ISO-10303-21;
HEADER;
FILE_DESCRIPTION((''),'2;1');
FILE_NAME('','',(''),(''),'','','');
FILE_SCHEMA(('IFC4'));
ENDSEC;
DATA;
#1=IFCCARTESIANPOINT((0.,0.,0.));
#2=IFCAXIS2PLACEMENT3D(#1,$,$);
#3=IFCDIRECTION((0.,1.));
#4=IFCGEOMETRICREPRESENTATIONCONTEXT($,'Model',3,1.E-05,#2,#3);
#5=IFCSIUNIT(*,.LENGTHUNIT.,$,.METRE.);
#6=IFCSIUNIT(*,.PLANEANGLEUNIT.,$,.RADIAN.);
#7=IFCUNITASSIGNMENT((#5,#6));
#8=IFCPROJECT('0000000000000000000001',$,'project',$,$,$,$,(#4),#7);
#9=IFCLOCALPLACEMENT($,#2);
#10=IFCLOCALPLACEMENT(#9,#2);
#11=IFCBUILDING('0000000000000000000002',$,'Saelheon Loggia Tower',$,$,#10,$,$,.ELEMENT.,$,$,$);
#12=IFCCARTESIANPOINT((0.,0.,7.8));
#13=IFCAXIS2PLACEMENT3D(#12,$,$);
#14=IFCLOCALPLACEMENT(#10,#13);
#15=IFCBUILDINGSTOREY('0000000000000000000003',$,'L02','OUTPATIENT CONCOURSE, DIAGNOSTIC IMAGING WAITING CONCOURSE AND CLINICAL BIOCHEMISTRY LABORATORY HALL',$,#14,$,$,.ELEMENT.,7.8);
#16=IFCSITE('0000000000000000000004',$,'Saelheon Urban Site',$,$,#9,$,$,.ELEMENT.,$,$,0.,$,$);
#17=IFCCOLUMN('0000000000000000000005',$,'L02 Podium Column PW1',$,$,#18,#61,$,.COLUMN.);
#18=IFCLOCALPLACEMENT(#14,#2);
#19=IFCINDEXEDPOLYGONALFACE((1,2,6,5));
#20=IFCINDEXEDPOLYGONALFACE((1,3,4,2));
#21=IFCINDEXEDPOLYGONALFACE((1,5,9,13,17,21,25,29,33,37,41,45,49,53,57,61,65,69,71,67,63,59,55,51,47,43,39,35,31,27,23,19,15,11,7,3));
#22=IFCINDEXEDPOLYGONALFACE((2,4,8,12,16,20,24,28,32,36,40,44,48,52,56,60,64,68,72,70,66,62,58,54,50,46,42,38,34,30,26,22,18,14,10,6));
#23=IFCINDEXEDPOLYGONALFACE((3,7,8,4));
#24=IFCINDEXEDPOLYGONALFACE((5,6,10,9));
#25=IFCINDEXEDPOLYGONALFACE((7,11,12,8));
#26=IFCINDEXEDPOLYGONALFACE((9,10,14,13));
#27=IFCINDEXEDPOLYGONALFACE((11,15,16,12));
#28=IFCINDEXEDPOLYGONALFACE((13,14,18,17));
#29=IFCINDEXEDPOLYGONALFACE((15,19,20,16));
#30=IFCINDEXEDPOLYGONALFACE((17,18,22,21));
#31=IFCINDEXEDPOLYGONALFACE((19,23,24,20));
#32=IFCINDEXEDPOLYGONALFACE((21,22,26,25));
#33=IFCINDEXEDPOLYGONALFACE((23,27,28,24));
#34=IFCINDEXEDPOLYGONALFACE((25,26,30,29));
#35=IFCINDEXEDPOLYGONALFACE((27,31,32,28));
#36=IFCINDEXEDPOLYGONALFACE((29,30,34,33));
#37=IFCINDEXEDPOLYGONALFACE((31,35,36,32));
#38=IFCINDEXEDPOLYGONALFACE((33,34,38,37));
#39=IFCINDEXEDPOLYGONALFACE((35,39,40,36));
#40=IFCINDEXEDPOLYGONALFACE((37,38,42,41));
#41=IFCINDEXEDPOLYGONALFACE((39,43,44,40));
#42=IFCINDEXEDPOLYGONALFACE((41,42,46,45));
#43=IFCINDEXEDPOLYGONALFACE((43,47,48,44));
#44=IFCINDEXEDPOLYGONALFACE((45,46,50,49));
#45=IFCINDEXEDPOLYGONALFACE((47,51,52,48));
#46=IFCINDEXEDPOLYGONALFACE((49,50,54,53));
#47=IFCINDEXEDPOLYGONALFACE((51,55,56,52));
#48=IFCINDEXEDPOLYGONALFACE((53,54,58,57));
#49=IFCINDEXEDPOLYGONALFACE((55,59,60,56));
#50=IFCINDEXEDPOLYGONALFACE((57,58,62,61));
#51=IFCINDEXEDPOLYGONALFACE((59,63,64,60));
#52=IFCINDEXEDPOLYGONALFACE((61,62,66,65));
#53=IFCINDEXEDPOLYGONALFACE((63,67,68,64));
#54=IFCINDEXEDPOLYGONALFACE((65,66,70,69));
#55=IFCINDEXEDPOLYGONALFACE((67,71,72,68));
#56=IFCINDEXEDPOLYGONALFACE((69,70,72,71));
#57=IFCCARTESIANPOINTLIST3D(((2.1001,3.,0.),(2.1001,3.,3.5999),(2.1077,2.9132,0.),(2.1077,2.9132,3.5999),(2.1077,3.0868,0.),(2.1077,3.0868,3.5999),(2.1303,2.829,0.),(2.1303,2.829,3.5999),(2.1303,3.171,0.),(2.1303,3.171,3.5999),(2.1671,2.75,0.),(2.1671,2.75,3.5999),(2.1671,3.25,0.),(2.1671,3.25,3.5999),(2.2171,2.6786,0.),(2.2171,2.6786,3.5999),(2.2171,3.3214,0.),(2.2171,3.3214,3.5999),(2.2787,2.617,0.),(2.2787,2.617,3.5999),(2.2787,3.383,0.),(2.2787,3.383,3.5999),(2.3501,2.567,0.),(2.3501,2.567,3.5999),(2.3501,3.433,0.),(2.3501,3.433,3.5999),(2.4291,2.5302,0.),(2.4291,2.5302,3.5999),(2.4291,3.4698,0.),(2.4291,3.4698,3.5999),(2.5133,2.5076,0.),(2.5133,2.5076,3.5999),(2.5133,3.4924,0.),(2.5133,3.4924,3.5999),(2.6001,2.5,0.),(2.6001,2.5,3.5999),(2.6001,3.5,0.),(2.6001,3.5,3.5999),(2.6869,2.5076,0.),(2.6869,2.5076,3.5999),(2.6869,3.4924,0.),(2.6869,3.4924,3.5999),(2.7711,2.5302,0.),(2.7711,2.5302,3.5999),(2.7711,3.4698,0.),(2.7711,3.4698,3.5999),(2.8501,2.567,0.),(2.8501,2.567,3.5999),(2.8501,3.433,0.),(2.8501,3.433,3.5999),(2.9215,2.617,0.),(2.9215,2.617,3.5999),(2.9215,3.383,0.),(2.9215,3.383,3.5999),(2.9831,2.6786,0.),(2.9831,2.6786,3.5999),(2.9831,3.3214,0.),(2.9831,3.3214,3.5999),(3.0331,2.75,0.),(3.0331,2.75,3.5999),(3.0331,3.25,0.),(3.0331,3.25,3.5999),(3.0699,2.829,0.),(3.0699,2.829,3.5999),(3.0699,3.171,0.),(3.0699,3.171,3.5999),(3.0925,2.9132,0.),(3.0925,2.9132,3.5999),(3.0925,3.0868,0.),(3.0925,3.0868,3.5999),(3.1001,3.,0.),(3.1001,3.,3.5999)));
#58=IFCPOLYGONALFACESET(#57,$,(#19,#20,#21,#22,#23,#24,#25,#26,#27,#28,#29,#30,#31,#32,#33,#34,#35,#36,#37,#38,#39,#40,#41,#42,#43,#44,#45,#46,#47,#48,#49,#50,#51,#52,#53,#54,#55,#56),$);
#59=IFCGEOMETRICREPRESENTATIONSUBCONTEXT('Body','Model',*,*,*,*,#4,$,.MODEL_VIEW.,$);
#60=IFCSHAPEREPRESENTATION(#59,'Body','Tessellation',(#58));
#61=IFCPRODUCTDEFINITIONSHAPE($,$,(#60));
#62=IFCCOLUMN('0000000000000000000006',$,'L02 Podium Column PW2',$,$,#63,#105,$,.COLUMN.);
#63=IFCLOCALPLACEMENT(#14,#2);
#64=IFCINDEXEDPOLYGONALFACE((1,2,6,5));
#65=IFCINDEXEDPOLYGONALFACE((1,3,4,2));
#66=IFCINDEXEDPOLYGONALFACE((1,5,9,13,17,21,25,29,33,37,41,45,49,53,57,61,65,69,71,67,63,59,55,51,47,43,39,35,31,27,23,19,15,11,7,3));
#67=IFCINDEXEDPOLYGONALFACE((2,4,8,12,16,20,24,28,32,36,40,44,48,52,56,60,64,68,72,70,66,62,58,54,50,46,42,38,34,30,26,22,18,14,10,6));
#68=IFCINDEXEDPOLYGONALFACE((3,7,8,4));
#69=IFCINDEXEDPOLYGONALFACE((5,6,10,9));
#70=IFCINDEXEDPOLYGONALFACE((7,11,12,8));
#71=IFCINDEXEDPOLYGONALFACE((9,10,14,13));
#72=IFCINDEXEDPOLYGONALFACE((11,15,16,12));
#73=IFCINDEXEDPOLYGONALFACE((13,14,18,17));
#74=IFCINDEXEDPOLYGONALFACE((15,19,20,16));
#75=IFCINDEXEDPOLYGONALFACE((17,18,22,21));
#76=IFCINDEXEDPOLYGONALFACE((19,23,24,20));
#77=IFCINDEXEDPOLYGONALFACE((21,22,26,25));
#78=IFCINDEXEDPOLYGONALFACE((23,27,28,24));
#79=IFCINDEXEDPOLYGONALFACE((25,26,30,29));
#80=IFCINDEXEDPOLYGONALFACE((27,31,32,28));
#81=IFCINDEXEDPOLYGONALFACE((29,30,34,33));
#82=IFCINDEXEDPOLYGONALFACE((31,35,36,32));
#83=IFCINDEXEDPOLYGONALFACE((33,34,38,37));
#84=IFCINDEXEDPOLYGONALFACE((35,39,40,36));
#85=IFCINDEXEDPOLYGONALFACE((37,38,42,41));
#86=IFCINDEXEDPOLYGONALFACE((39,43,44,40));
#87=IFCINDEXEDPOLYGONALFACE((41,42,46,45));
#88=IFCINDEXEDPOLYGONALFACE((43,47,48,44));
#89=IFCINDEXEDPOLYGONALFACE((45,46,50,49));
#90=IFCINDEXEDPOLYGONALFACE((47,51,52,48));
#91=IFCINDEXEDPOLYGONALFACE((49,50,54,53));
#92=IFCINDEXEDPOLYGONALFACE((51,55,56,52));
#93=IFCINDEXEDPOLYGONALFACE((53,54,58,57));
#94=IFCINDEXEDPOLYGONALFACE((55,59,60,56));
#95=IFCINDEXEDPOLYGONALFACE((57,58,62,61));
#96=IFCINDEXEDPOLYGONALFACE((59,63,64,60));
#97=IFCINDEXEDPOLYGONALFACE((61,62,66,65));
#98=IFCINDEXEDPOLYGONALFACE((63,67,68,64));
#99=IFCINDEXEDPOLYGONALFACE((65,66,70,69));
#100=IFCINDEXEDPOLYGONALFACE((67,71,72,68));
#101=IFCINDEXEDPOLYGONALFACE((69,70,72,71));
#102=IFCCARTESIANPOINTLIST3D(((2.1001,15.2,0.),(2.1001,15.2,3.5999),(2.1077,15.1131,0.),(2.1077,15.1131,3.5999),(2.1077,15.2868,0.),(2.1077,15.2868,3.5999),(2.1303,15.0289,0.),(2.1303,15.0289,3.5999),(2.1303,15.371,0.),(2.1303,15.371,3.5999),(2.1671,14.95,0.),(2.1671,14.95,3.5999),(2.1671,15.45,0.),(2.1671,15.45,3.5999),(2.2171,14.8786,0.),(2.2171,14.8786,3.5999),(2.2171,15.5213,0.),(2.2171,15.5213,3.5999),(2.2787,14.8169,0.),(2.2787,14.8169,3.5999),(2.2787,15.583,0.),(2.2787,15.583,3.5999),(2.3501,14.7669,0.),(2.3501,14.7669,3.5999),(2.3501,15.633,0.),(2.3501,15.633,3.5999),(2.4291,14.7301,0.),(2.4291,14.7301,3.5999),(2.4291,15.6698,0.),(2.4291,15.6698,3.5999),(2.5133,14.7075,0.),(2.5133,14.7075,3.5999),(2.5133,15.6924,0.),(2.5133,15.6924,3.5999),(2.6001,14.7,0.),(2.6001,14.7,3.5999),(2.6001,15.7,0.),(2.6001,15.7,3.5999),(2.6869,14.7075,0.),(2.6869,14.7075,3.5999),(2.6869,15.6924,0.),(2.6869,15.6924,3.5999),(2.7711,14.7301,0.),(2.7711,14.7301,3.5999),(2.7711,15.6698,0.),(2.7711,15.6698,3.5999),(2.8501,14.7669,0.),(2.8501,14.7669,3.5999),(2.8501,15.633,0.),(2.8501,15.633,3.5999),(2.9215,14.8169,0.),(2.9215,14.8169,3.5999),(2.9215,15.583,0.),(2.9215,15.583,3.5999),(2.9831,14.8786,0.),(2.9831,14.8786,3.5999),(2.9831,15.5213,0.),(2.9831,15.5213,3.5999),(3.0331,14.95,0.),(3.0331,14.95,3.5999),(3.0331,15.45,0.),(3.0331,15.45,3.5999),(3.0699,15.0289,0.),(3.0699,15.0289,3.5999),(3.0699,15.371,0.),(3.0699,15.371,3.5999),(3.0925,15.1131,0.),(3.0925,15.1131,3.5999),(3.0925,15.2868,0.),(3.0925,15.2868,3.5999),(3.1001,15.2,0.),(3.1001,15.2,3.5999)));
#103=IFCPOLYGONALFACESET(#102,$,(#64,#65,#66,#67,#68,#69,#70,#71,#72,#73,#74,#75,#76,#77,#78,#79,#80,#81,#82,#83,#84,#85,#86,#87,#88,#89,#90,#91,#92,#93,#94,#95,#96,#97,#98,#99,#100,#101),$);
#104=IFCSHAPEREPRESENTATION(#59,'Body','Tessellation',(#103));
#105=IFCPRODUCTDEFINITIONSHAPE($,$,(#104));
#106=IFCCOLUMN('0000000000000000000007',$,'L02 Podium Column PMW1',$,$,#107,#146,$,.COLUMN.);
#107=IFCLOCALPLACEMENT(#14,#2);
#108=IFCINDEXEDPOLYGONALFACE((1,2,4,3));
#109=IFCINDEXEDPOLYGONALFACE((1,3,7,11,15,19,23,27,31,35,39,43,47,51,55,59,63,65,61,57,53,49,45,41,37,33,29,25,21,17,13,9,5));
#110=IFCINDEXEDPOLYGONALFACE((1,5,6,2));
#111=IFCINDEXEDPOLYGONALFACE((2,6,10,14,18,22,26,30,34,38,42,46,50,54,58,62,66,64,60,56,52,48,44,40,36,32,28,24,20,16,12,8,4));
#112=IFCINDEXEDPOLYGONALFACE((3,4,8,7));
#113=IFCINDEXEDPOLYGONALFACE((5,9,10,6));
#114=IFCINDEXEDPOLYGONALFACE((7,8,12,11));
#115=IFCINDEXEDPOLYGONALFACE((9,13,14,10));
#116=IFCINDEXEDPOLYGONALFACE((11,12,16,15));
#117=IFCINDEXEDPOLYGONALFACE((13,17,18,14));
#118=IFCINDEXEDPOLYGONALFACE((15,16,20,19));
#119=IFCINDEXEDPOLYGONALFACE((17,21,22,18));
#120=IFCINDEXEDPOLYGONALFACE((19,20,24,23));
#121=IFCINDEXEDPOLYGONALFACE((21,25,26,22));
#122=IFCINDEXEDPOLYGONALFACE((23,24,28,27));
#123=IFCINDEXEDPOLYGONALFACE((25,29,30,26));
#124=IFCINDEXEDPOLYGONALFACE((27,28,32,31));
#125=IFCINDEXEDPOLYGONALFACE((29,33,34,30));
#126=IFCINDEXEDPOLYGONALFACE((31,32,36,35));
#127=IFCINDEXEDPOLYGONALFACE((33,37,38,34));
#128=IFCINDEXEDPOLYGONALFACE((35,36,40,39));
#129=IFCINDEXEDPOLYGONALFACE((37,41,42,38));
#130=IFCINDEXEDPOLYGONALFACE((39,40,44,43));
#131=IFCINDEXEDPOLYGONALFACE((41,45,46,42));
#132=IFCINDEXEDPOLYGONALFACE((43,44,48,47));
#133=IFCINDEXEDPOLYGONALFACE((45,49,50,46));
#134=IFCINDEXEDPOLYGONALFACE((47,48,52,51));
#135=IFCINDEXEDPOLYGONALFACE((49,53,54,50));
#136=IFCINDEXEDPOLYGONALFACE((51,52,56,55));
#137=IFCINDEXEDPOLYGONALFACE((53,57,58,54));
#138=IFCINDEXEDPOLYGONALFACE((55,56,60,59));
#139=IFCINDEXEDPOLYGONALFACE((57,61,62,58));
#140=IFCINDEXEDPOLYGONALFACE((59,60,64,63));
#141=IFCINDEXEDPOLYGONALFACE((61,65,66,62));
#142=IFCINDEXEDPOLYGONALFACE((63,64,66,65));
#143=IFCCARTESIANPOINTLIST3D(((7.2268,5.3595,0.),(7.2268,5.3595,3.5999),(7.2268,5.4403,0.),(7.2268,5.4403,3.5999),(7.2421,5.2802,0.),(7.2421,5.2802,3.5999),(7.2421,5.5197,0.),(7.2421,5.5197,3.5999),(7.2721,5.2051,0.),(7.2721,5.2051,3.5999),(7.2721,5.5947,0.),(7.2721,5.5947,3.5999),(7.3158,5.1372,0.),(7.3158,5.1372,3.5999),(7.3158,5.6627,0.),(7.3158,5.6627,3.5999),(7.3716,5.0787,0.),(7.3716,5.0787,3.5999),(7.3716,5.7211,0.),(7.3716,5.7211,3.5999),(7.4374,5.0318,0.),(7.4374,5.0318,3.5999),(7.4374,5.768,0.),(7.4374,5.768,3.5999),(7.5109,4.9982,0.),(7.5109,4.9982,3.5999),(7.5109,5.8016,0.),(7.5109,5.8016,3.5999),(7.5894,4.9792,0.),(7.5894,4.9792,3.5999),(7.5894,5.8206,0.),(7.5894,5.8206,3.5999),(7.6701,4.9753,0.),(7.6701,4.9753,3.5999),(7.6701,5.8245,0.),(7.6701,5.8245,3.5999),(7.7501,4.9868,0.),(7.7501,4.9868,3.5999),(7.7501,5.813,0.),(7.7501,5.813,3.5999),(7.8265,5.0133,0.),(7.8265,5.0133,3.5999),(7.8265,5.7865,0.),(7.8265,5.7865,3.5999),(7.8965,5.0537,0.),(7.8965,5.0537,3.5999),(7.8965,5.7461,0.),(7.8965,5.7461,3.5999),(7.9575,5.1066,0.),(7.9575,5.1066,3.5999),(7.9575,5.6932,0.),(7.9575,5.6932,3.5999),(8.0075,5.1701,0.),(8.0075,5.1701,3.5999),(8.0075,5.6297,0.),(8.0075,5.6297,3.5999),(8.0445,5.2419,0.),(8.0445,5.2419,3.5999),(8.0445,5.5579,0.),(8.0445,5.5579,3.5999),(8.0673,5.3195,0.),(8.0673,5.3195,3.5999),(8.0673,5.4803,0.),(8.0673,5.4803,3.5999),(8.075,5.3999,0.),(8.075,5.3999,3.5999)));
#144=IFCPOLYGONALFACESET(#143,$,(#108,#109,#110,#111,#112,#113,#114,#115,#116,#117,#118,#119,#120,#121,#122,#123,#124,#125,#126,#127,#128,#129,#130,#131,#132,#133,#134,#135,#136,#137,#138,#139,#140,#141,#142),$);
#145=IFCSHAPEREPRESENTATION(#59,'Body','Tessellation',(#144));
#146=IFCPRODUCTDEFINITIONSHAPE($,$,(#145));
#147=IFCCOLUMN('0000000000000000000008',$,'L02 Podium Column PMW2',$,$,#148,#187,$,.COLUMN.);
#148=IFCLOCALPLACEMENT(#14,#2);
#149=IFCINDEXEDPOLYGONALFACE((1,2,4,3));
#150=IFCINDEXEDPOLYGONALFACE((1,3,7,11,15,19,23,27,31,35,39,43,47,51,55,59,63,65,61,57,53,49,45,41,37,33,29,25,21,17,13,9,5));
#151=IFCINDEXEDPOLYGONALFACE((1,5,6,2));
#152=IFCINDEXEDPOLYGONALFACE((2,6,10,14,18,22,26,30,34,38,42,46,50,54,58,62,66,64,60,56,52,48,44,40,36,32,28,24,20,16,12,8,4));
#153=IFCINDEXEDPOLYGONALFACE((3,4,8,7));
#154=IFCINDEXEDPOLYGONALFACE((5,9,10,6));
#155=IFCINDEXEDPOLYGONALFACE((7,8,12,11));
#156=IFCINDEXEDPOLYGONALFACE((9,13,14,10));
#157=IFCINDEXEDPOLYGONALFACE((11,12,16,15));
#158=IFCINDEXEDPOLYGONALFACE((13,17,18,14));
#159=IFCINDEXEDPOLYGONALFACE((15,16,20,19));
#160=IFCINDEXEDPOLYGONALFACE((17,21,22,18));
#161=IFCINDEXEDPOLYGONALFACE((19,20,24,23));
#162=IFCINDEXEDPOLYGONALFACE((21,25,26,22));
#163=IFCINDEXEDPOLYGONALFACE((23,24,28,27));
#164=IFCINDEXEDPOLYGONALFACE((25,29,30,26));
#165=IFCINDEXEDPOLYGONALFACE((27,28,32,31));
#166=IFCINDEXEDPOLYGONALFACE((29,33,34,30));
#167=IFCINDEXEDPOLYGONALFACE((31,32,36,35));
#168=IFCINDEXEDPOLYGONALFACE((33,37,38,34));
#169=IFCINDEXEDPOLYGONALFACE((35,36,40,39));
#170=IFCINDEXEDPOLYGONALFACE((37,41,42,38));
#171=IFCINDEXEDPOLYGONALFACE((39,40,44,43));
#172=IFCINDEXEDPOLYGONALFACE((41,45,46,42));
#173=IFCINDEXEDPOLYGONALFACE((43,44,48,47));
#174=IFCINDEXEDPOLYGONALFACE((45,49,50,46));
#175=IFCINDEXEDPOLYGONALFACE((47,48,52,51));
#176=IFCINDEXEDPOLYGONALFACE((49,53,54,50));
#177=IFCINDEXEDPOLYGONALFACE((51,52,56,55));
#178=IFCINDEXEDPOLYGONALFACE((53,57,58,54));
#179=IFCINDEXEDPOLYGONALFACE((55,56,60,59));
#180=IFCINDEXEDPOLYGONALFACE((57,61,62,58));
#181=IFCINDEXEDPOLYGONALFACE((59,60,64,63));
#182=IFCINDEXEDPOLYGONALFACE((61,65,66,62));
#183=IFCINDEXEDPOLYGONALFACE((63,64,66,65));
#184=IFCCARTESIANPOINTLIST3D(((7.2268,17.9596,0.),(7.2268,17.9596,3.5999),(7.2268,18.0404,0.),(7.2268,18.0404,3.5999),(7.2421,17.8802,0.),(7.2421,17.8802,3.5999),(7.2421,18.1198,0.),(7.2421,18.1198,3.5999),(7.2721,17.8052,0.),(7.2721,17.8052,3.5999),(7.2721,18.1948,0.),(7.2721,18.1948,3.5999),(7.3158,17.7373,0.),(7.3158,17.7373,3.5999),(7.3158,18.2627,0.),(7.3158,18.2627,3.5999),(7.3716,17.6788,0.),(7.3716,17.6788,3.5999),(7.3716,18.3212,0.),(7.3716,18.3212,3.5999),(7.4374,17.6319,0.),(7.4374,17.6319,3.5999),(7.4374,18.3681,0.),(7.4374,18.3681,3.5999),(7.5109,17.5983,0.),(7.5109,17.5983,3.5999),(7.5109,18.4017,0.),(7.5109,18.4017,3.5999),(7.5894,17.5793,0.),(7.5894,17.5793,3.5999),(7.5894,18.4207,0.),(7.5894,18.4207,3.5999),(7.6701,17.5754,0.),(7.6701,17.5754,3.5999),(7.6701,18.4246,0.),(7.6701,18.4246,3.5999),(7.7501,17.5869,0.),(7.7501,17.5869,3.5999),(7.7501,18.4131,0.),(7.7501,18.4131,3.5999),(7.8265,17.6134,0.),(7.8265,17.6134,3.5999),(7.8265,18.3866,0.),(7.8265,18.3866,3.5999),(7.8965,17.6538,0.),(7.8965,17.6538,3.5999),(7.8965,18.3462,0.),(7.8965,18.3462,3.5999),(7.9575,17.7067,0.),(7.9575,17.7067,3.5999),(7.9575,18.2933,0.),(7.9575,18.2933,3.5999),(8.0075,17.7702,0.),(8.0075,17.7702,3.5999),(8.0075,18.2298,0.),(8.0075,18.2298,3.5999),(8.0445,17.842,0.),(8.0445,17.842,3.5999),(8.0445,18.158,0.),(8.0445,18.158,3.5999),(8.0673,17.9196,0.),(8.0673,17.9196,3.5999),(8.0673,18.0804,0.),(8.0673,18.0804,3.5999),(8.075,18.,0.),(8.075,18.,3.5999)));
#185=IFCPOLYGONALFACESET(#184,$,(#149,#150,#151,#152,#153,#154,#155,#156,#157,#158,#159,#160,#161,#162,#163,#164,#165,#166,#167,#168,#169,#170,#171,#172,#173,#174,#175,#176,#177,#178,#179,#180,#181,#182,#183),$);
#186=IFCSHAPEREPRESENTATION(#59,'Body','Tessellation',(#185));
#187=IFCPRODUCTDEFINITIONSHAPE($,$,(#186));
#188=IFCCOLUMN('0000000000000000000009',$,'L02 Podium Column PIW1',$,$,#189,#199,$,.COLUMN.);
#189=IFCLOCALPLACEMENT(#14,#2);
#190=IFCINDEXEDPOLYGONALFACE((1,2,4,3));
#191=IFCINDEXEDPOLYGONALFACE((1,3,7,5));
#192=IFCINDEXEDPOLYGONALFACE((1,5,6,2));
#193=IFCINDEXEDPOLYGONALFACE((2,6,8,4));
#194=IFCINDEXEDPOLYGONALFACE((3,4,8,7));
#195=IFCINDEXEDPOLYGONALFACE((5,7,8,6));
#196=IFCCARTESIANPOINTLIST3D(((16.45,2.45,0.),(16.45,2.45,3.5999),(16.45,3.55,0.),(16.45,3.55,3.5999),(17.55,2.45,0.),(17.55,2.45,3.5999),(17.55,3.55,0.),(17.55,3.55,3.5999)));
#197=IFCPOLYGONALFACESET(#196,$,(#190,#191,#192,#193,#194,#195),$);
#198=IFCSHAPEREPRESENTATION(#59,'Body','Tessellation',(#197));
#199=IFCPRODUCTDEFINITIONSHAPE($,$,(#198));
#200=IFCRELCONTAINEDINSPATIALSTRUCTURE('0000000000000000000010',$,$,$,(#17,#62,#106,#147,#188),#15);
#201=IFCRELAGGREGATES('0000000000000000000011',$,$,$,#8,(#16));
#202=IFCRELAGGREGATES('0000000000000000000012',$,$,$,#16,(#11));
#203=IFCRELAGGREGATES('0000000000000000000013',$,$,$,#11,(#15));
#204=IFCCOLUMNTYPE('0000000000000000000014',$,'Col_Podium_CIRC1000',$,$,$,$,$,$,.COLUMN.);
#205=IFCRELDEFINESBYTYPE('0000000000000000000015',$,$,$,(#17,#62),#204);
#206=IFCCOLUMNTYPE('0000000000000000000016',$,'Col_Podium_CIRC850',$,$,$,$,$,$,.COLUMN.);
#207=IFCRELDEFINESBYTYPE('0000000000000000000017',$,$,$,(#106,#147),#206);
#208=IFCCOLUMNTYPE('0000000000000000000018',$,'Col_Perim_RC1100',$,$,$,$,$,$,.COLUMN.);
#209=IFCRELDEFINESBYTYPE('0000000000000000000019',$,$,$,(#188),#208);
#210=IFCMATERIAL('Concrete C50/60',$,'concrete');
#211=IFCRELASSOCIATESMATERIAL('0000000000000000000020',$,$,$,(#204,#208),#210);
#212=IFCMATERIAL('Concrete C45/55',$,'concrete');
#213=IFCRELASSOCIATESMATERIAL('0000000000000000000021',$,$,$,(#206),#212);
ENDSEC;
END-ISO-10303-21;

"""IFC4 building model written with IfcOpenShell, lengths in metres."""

from ifc_helpers import new_model, si_unit, direction, frame, origin, origin_2d, place, context, subcontext, project, spatial, rectangle, circle, extrude, source, transform, mapped, material, material_profile, profile_set, type_object, element, save


model = new_model("IFC4")

# Units and contexts
model_context = context("Model", 3, precision=1e-05, world=origin(), true_north=direction((0.0, 1.0)))
body_context = subcontext(model_context, "Body", "Model", "MODEL_VIEW")
ifc_project = project(units=[si_unit("LENGTHUNIT", "METRE"), si_unit("PLANEANGLEUNIT", "RADIAN")], contexts=[model_context])

# Site, building, storey
site_placement = place(None, origin())
site = spatial("IfcSite", under=ifc_project, at=site_placement, Name="Saelheon Urban Site", CompositionType="ELEMENT", RefElevation=0.0)
building_placement = place(site_placement, origin())
building = spatial("IfcBuilding", under=site, at=building_placement, Name="Saelheon Loggia Tower", CompositionType="ELEMENT")
storey_placement = place(building_placement, frame((0.0, 0.0, 7.8)))
storey = spatial("IfcBuildingStorey", under=building, at=storey_placement, Name="L02", Description="OUTPATIENT CONCOURSE, DIAGNOSTIC IMAGING WAITING CONCOURSE AND CLINICAL BIOCHEMISTRY LABORATORY HALL", CompositionType="ELEMENT", Elevation=7.8)

# Columns
ifc_material_1 = material(Name="Concrete C50/60", Category="concrete")
ifc_material_profile_1 = material_profile(ifc_material_1, circle(Radius=0.5, at=origin_2d()), Name="CIRC-1000")
ifc_profile_set_1 = profile_set([ifc_material_profile_1], Name="Concrete C50/60")
column_type_1 = type_object("IfcColumnType", Name="Col_Podium_CIRC1000", PredefinedType="COLUMN", material=ifc_profile_set_1)
shared_shape_1 = source(origin(), body_context, "Body", "SweptSolid", [
    extrude(circle(Radius=0.5, at=origin_2d()), origin(), (0.0, 0.0, 1.0), 3.5999),
])
for number, where, z_axis, x_axis, name in (
    (1, (2.6001, 3.0, 0.0), (0.0, 0.0, 1.0), (1.0, 0.0, 0.0), "L02 Podium Column PW1"),
    (2, (2.6001, 15.2, 0.0), (0.0, 0.0, 1.0), (1.0, 0.0, 0.0), "L02 Podium Column PW2"),
):
    element("IfcColumn", number, at=place(storey_placement, frame(where, z_axis=z_axis, x_axis=x_axis)), inside=storey, type_object=column_type_1, Name=name, PredefinedType="COLUMN", context=body_context, shape_type="MappedRepresentation", body=[
        mapped(shared_shape_1, transform((0.0, 0.0, 0.0), scale=1.0)),
    ])
ifc_material_2 = material(Name="Concrete C45/55", Category="concrete")
ifc_material_profile_2 = material_profile(ifc_material_2, circle(Radius=0.425, at=origin_2d()), Name="CIRC-850")
ifc_profile_set_2 = profile_set([ifc_material_profile_2], Name="Concrete C45/55")
column_type_2 = type_object("IfcColumnType", Name="Col_Podium_CIRC850", PredefinedType="COLUMN", material=ifc_profile_set_2)
shared_shape_2 = source(origin(), body_context, "Body", "SweptSolid", [
    extrude(circle(Radius=0.425, at=origin_2d()), origin(), (0.0, 0.0, 1.0), 3.5999),
])
for number, where, z_axis, x_axis, name in (
    (3, (7.6499, 5.3999, 0.0), (0.0, 0.0, 1.0), (1.0, 0.0, 0.0), "L02 Podium Column PMW1"),
    (4, (7.6499, 18.0, 0.0), (0.0, 0.0, 1.0), (1.0, 0.0, 0.0), "L02 Podium Column PMW2"),
):
    element("IfcColumn", number, at=place(storey_placement, frame(where, z_axis=z_axis, x_axis=x_axis)), inside=storey, type_object=column_type_2, Name=name, PredefinedType="COLUMN", context=body_context, shape_type="MappedRepresentation", body=[
        mapped(shared_shape_2, transform((0.0, 0.0, 0.0), scale=1.0)),
    ])
ifc_material_profile_3 = material_profile(ifc_material_1, rectangle(XDim=1.1001, YDim=1.1001, at=origin_2d()), Name="RC-1100x1100")
ifc_profile_set_3 = profile_set([ifc_material_profile_3], Name="Concrete C50/60")
column_type_3 = type_object("IfcColumnType", Name="Col_Perim_RC1100", PredefinedType="COLUMN", material=ifc_profile_set_3)
shared_shape_3 = source(origin(), body_context, "Body", "SweptSolid", [
    extrude(rectangle(XDim=1.1001, YDim=1.1001, at=origin_2d()), origin(), (0.0, 0.0, 1.0), 3.5999),
])
column_placement = place(storey_placement, frame((17.0, 3.0, 0.0), z_axis=(0.0, 0.0, 1.0), x_axis=(1.0, 0.0, 0.0)))
element("IfcColumn", 5, at=column_placement, inside=storey, type_object=column_type_3, Name="L02 Podium Column PIW1", PredefinedType="COLUMN", context=body_context, shape_type="MappedRepresentation", body=[
    mapped(shared_shape_3, transform((0.0, 0.0, 0.0), scale=1.0)),
])

save(model, "model.ifc")
